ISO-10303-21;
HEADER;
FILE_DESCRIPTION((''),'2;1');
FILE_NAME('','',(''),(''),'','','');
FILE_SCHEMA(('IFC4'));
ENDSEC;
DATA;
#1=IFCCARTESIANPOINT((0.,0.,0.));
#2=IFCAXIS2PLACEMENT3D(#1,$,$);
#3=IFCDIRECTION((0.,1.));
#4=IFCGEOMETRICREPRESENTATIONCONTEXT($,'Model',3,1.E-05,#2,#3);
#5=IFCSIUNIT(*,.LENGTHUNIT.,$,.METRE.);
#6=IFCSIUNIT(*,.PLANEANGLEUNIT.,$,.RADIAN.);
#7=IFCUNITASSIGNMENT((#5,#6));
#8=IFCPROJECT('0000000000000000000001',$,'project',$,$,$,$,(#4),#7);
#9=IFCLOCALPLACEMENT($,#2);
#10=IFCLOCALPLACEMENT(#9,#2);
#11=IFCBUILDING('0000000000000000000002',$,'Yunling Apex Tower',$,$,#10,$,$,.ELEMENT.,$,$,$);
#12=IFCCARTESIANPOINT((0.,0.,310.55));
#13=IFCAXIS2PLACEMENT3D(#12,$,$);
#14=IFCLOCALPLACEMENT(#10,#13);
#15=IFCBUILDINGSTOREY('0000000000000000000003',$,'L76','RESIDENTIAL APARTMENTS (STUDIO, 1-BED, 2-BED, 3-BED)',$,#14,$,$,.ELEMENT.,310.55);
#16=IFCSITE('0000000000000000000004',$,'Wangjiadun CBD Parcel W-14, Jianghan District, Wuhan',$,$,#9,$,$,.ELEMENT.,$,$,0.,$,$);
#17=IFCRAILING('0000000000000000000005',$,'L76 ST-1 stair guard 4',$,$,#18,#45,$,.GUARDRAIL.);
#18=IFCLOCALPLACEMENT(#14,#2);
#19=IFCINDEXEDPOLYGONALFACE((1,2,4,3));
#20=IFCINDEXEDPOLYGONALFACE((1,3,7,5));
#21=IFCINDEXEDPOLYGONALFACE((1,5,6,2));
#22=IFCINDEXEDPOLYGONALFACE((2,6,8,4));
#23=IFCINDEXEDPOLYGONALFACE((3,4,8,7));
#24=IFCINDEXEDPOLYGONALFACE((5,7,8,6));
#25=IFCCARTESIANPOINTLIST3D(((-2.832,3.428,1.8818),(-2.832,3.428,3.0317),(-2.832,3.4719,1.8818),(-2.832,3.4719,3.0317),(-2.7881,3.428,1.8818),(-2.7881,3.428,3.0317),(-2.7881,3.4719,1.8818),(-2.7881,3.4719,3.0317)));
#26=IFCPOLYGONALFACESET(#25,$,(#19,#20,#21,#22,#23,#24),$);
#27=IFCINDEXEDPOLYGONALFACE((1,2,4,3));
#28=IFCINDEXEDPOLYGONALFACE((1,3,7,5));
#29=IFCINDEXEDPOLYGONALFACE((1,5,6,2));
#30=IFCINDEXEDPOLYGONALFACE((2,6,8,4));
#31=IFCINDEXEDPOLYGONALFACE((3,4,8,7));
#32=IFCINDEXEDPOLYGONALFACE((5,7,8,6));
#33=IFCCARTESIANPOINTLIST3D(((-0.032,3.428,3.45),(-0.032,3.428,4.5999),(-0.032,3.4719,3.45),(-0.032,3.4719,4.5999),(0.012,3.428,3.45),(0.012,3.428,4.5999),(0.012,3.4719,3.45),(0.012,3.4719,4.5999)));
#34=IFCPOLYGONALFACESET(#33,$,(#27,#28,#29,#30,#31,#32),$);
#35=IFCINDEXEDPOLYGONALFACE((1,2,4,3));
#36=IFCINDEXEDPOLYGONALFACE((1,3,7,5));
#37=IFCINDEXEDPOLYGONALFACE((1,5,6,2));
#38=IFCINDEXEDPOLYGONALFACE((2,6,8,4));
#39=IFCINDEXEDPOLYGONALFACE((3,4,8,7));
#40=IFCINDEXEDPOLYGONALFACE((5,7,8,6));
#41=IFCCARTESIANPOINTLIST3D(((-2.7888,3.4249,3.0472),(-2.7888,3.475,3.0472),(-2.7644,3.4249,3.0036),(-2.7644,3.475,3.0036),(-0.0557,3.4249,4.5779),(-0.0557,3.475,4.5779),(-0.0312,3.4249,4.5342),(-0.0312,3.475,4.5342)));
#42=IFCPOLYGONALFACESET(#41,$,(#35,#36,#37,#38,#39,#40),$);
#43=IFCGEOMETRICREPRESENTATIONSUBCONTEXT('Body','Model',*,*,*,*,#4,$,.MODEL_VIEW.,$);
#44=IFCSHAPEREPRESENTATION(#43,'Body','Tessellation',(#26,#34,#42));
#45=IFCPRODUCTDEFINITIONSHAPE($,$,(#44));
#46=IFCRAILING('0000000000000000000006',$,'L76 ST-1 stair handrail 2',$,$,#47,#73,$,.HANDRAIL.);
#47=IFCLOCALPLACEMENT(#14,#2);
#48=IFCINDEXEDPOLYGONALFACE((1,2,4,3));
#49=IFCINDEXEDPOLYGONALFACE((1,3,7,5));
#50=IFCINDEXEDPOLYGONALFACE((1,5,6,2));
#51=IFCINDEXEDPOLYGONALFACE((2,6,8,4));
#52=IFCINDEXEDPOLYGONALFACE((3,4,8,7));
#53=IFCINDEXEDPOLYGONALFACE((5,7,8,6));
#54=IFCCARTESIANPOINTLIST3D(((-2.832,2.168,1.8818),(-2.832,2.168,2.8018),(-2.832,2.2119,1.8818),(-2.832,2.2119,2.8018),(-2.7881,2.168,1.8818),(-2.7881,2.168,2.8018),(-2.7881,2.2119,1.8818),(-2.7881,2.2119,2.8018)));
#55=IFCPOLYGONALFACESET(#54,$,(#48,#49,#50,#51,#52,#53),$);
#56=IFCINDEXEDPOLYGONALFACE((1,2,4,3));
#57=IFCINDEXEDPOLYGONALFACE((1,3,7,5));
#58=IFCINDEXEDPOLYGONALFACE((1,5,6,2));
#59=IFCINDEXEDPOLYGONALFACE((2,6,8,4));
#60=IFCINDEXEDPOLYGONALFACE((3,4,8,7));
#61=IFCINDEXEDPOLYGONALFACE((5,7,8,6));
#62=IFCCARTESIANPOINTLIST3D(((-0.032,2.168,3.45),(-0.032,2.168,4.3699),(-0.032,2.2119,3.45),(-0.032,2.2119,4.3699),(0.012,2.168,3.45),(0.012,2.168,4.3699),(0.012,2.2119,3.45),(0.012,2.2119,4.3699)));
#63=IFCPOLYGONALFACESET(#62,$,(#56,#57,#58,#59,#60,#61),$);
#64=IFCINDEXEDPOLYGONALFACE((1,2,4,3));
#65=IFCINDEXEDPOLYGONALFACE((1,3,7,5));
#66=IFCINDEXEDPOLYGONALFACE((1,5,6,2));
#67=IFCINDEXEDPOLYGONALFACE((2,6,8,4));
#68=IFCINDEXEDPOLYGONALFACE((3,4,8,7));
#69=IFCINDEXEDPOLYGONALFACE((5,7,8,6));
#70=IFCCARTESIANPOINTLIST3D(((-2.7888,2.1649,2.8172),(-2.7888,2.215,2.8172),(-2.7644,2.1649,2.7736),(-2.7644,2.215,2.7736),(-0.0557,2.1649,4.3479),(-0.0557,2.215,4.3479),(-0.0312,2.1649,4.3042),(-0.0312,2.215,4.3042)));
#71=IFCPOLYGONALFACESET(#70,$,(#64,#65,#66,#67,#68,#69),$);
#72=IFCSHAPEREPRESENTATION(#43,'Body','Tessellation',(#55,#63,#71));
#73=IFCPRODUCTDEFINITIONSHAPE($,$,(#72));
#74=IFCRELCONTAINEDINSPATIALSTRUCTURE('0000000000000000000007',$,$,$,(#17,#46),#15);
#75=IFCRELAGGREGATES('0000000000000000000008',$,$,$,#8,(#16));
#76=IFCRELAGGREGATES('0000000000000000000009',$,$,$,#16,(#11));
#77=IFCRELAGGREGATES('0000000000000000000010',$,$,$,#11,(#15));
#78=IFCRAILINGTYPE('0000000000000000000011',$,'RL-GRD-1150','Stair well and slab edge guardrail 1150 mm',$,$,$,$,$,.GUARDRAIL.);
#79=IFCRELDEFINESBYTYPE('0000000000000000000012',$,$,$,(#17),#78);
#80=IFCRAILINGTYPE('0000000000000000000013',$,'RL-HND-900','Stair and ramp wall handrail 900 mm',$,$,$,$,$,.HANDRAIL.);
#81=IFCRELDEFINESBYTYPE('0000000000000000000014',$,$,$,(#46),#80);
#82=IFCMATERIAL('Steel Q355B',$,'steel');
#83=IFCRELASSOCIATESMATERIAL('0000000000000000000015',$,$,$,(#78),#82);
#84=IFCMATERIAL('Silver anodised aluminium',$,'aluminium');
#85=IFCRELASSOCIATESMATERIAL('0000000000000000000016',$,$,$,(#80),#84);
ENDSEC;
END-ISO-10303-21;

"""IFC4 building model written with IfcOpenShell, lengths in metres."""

from ifc_helpers import new_model, si_unit, direction, frame, origin, origin_2d, place, context, subcontext, project, spatial, rectangle, extrude, material, type_object, element, save


model = new_model("IFC4")

# Units and contexts
model_context = context("Model", 3, precision=1e-05, world=origin(), true_north=direction((0.0, 1.0)))
body_context = subcontext(model_context, "Body", "Model", "MODEL_VIEW")
ifc_project = project(units=[si_unit("LENGTHUNIT", "METRE"), si_unit("PLANEANGLEUNIT", "RADIAN")], contexts=[model_context])

# Site, building, storey
site_placement = place(None, origin())
site = spatial("IfcSite", under=ifc_project, at=site_placement, Name="Wangjiadun CBD Parcel W-14, Jianghan District, Wuhan", CompositionType="ELEMENT", RefElevation=0.0)
building_placement = place(site_placement, origin())
building = spatial("IfcBuilding", under=site, at=building_placement, Name="Yunling Apex Tower", CompositionType="ELEMENT")
storey_placement = place(building_placement, frame((0.0, 0.0, 310.55)))
storey = spatial("IfcBuildingStorey", under=building, at=storey_placement, Name="L76", Description="RESIDENTIAL APARTMENTS (STUDIO, 1-BED, 2-BED, 3-BED)", CompositionType="ELEMENT", Elevation=310.55)

# Shared definitions
ifc_material_1 = material(Name="Steel Q355B", Category="steel")

# Shared definitions
ifc_material_2 = material(Name="Silver anodised aluminium", Category="aluminium")

# Railings
railing_type_1 = type_object("IfcRailingType", Name="RL-GRD-1150", Description="Stair well and slab edge guardrail 1150 mm", PredefinedType="GUARDRAIL", material=ifc_material_1)
railing_1_placement = place(storey_placement, frame((-2.8101, 3.45, 1.8818)))
element("IfcRailing", 1, at=railing_1_placement, inside=storey, type_object=railing_type_1, Name="L76 ST-1 stair guard 4", PredefinedType="GUARDRAIL", context=body_context, shape_type="SweptSolid", body=[
    extrude(rectangle(XDim=0.0439, YDim=0.0439, at=origin_2d()), origin(), (0.0, 0.0, 1.0), 1.1499),
    extrude(rectangle(XDim=0.0439, YDim=0.0439, at=origin_2d()), frame((2.8, 0.0, 1.5681)), (0.0, 0.0, 1.0), 1.1499),
    extrude(rectangle(XDim=0.05, YDim=0.05, at=origin_2d()), frame((0.0334, 0.0, 1.1436), z_axis=(0.872494, 0.0, 0.488624), x_axis=(0.0, 1.0, 0.0)), (0.0, 0.0, 1.0), 3.1326),
])
railing_type_2 = type_object("IfcRailingType", Name="RL-HND-900", Description="Stair and ramp wall handrail 900 mm", PredefinedType="HANDRAIL", material=ifc_material_2)
railing_2_placement = place(storey_placement, frame((-2.8101, 2.1899, 1.8818)))
element("IfcRailing", 2, at=railing_2_placement, inside=storey, type_object=railing_type_2, Name="L76 ST-1 stair handrail 2", PredefinedType="HANDRAIL", context=body_context, shape_type="SweptSolid", body=[
    extrude(rectangle(XDim=0.0439, YDim=0.0439, at=origin_2d()), origin(), (0.0, 0.0, 1.0), 0.9199),
    extrude(rectangle(XDim=0.0439, YDim=0.0439, at=origin_2d()), frame((2.8, 0.0, 1.5681)), (0.0, 0.0, 1.0), 0.9199),
    extrude(rectangle(XDim=0.05, YDim=0.05, at=origin_2d()), frame((0.0334, 0.0, 0.9136), z_axis=(0.872494, 0.0, 0.488624), x_axis=(0.0, 1.0, 0.0)), (0.0, 0.0, 1.0), 3.1326),
])

save(model, "model.ifc")
